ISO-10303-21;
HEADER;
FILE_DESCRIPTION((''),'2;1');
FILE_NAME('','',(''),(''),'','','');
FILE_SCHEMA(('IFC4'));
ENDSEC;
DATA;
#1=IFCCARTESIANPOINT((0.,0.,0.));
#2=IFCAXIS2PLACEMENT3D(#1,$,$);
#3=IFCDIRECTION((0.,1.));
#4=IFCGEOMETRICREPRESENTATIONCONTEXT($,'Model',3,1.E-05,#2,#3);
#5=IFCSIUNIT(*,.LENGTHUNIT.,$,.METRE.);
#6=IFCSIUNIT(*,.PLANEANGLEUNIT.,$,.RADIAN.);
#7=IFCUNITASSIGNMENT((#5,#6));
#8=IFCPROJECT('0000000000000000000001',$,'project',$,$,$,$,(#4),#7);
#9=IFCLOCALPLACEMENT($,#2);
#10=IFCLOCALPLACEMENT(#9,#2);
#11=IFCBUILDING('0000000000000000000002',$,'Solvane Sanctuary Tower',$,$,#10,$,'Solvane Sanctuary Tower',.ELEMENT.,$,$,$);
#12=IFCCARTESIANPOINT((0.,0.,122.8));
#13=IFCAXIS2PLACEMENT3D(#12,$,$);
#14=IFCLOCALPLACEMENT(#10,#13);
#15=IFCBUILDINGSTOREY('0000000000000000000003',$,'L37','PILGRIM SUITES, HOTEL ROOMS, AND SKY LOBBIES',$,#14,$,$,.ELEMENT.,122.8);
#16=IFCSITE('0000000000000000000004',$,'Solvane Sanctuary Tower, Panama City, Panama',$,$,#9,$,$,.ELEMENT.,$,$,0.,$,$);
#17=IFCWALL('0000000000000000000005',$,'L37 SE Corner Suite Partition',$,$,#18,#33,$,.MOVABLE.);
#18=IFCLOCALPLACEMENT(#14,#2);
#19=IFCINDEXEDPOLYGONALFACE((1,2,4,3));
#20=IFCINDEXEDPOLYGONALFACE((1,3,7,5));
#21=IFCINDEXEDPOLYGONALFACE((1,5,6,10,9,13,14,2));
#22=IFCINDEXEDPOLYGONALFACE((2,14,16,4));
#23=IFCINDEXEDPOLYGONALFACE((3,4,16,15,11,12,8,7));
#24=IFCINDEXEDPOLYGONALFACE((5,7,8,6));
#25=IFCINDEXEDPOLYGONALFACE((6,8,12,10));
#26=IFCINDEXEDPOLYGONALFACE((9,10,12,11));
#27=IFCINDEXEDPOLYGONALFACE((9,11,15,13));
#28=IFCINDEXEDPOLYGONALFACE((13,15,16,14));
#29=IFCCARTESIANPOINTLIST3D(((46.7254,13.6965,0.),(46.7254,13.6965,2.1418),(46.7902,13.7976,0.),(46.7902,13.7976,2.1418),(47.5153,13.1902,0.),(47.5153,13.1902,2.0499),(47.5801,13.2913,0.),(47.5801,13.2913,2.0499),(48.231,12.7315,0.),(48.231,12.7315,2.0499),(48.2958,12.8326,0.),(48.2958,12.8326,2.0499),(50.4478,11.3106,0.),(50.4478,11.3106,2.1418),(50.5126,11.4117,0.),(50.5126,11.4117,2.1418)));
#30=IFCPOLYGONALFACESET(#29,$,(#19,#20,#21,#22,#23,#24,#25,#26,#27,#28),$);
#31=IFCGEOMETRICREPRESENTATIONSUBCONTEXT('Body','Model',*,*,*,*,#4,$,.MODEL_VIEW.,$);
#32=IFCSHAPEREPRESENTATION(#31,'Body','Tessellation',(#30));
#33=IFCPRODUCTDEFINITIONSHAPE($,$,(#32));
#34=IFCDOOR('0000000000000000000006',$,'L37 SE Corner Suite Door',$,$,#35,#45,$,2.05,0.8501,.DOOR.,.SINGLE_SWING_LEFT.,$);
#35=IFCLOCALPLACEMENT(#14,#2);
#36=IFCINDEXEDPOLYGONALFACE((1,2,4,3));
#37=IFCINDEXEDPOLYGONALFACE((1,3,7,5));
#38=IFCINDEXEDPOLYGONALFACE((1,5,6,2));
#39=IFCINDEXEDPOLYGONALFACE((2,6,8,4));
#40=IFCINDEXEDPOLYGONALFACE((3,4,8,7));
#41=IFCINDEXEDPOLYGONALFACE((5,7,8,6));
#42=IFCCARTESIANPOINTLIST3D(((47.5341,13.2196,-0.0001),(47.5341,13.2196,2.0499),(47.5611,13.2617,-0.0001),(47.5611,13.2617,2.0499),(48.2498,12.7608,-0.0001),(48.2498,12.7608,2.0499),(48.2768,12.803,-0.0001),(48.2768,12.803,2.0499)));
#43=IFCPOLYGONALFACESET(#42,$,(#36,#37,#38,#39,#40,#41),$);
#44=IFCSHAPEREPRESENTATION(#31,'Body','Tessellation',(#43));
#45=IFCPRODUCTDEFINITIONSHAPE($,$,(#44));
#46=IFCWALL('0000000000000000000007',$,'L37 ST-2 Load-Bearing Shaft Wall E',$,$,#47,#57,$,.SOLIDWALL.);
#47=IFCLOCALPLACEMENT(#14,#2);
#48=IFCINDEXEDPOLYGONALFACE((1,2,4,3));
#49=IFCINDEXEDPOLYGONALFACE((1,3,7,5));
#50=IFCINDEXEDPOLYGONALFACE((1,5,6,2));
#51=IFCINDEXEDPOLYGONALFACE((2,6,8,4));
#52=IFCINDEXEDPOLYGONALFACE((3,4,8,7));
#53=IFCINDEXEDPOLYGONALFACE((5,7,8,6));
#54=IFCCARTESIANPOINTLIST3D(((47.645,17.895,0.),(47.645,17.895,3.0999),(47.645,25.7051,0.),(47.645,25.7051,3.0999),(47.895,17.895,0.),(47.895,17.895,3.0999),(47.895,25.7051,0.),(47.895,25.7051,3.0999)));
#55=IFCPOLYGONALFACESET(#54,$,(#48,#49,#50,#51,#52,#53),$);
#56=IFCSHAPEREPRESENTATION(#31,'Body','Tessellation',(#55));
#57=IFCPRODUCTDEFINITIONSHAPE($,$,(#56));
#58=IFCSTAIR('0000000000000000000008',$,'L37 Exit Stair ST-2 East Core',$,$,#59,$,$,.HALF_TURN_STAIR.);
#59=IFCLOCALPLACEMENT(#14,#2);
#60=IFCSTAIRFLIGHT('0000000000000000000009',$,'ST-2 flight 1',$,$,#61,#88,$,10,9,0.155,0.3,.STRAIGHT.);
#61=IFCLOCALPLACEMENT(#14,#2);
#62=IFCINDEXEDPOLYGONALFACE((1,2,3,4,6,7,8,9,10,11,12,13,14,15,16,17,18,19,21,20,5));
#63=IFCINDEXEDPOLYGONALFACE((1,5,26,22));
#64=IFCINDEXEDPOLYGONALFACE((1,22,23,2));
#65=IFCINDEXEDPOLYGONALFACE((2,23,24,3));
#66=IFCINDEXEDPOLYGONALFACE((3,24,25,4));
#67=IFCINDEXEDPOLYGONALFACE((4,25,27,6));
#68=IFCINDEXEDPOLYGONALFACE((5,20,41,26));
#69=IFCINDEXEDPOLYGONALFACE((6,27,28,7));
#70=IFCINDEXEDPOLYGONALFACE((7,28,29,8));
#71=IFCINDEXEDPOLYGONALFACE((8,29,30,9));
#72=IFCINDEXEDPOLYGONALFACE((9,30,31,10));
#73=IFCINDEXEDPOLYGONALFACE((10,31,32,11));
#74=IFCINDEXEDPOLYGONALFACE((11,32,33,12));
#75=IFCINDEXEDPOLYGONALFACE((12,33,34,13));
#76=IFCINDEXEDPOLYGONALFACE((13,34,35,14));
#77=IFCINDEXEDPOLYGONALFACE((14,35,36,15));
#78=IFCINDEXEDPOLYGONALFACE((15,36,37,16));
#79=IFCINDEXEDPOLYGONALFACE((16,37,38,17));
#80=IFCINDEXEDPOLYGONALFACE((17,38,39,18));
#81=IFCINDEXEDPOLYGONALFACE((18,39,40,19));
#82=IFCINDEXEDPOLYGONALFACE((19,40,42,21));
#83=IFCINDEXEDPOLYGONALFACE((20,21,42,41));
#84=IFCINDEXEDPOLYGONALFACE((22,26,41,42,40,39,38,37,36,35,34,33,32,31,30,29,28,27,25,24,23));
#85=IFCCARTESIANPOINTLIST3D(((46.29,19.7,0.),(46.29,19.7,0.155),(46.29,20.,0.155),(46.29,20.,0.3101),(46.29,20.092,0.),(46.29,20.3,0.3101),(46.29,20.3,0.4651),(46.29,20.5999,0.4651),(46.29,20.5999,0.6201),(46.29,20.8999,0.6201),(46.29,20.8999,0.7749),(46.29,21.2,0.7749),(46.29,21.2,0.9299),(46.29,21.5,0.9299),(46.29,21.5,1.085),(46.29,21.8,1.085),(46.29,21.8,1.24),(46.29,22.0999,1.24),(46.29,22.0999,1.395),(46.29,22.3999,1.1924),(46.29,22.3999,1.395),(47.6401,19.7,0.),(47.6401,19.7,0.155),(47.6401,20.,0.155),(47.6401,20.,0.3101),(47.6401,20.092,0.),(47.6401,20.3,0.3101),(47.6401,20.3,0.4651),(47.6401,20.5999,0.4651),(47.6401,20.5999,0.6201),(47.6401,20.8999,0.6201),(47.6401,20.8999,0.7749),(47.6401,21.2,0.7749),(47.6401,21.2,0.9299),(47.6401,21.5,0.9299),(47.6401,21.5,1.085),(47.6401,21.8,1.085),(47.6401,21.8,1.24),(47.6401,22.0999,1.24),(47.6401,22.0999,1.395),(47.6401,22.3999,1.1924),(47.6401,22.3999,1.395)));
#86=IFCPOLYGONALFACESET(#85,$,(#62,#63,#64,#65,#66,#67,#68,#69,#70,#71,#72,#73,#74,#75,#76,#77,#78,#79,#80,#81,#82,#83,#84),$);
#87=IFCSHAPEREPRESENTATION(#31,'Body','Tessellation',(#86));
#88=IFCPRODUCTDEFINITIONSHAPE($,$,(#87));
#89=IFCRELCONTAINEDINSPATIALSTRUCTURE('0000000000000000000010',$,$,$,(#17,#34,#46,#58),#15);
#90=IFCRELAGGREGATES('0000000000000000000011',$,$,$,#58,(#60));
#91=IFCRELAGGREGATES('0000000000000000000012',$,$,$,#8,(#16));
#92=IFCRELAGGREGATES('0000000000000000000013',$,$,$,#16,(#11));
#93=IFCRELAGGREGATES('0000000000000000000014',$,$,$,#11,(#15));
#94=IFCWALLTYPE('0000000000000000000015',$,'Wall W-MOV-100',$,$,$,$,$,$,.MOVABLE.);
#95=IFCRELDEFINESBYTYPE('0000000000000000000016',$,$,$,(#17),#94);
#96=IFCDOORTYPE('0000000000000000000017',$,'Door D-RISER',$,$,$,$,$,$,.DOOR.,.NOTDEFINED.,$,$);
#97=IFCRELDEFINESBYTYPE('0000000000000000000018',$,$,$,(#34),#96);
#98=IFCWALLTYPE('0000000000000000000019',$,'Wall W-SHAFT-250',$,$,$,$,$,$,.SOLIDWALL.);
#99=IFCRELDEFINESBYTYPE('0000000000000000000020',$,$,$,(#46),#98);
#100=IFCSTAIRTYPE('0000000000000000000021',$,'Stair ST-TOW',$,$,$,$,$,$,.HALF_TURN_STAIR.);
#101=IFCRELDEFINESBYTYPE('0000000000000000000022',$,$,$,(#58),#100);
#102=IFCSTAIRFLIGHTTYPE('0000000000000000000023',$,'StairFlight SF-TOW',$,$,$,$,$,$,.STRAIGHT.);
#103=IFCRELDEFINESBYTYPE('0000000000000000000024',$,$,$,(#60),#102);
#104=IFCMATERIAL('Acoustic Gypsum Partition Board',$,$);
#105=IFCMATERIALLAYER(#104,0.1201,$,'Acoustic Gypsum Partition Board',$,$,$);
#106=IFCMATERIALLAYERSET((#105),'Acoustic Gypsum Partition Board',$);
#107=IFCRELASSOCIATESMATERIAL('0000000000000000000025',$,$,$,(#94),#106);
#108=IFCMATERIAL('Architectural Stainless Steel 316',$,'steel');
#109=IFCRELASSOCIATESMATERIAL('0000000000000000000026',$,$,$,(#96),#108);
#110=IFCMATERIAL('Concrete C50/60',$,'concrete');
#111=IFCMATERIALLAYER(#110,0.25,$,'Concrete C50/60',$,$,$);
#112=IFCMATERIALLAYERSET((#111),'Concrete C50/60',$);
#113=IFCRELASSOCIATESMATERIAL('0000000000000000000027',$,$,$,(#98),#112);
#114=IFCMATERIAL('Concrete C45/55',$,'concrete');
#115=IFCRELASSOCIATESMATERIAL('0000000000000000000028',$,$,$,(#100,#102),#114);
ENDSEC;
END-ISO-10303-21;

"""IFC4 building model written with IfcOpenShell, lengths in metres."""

from ifc_helpers import new_model, si_unit, direction, frame, frame_2d, origin, place, context, subcontext, project, spatial, polyline, rectangle, outline, extrude, material, layer, layer_set, type_object, element, fill, aggregate, save


model = new_model("IFC4")

# Units and contexts
model_context = context("Model", 3, precision=1e-05, world=origin(), true_north=direction((0.0, 1.0)))
body_context = subcontext(model_context, "Body", "Model", "MODEL_VIEW")
ifc_project = project(units=[si_unit("LENGTHUNIT", "METRE"), si_unit("PLANEANGLEUNIT", "RADIAN")], contexts=[model_context])

# Site, building, storey
site_placement = place(None, origin())
site = spatial("IfcSite", under=ifc_project, at=site_placement, Name="Solvane Sanctuary Tower, Panama City, Panama", CompositionType="ELEMENT", RefElevation=0.0)
building_placement = place(site_placement, origin())
building = spatial("IfcBuilding", under=site, at=building_placement, Name="Solvane Sanctuary Tower", LongName="Solvane Sanctuary Tower", CompositionType="ELEMENT")
storey_placement = place(building_placement, frame((0.0, 0.0, 122.8)))
storey = spatial("IfcBuildingStorey", under=building, at=storey_placement, Name="L37", Description="PILGRIM SUITES, HOTEL ROOMS, AND SKY LOBBIES", CompositionType="ELEMENT", Elevation=122.8)

# Shared definitions
ifc_material_1 = material(Name="Acoustic Gypsum Partition Board")

# Wall, opening, door
ifc_layer_1 = layer(ifc_material_1, 0.1201, Name="Acoustic Gypsum Partition Board")
ifc_layer_set_1 = layer_set([ifc_layer_1], Name="Acoustic Gypsum Partition Board")
wall_type_1 = type_object("IfcWallType", Name="Wall W-MOV-100", PredefinedType="MOVABLE", material=ifc_layer_set_1)
wall_1_placement = place(storey_placement, frame((46.7578, 13.7471, 0.0), z_axis=(0.0, 0.0, 1.0), x_axis=(0.841897, -0.539638, 0.0)))
wall_1 = element("IfcWall", 1, at=wall_1_placement, inside=storey, type_object=wall_type_1, Name="L37 SE Corner Suite Partition", PredefinedType="MOVABLE", context=body_context, shape_type="SweptSolid", body=[
    extrude(rectangle(XDim=4.4214, YDim=0.1201, at=frame_2d((2.2107, 0.0))), origin(), (0.0, 0.0, 1.0), 2.1418),
])
opening_1_placement = place(wall_1_placement, frame((0.9382, 0.0, 0.0)))
opening_1 = element("IfcOpeningElement", 2, at=opening_1_placement, cuts=wall_1, PredefinedType="OPENING", context=body_context, shape_type="SweptSolid", body=[
    extrude(rectangle(XDim=0.8501, YDim=2.05, at=frame_2d((0.425, 1.0249))), frame((0.0, 0.0701, 0.0), z_axis=(0.0, -1.0, 0.0), x_axis=(1.0, 0.0, 0.0)), (0.0, 0.0, 1.0), 0.1401),
])
ifc_material_2 = material(Name="Architectural Stainless Steel 316", Category="steel")
door_type_1 = type_object("IfcDoorType", Name="Door D-RISER", OperationType="NOTDEFINED", PredefinedType="DOOR", material=ifc_material_2)
door_1_placement = place(opening_1_placement, origin())
door_1 = element("IfcDoor", 3, at=door_1_placement, inside=storey, type_object=door_type_1, Name="L37 SE Corner Suite Door", OperationType="SINGLE_SWING_LEFT", OverallHeight=2.05, OverallWidth=0.8501, PredefinedType="DOOR", context=body_context, shape_type="SweptSolid", body=[
    extrude(rectangle(XDim=0.8501, YDim=2.05, at=frame_2d((0.425, 1.0249))), frame((0.0, 0.0249, 0.0), z_axis=(0.0, -1.0, 0.0), x_axis=(1.0, 0.0, 0.0)), (0.0, 0.0, 1.0), 0.05),
])
fill(opening_1, door_1)

# Wall
ifc_material_3 = material(Name="Concrete C50/60", Category="concrete")
ifc_layer_2 = layer(ifc_material_3, 0.25, Name="Concrete C50/60")
ifc_layer_set_2 = layer_set([ifc_layer_2], Name="Concrete C50/60")
wall_type_2 = type_object("IfcWallType", Name="Wall W-SHAFT-250", PredefinedType="SOLIDWALL", material=ifc_layer_set_2)
wall_2_placement = place(storey_placement, frame((47.77, 17.895, 0.0), z_axis=(0.0, 0.0, 1.0), x_axis=(0.0, 1.0, 0.0)))
element("IfcWall", 4, at=wall_2_placement, inside=storey, type_object=wall_type_2, Name="L37 ST-2 Load-Bearing Shaft Wall E", PredefinedType="SOLIDWALL", context=body_context, shape_type="SweptSolid", body=[
    extrude(rectangle(XDim=7.8101, YDim=0.25, at=frame_2d((3.905, 0.0))), origin(), (0.0, 0.0, 1.0), 3.0999),
])

# Stair, stair flight
ifc_material_4 = material(Name="Concrete C45/55", Category="concrete")
stair_type = type_object("IfcStairType", Name="Stair ST-TOW", PredefinedType="HALF_TURN_STAIR", material=ifc_material_4)
stair_placement = place(storey_placement, origin())
stair = element("IfcStair", 5, at=stair_placement, inside=storey, type_object=stair_type, Name="L37 Exit Stair ST-2 East Core", PredefinedType="HALF_TURN_STAIR")
stair_flight_type = type_object("IfcStairFlightType", Name="StairFlight SF-TOW", PredefinedType="STRAIGHT", material=ifc_material_4)
stair_flight_placement = place(storey_placement, frame((46.9651, 19.7, 0.0), z_axis=(0.0, 0.0, 1.0), x_axis=(0.0, 1.0, 0.0)))
stair_flight = element("IfcStairFlight", 6, at=stair_flight_placement, type_object=stair_flight_type, Name="ST-2 flight 1", NumberOfRisers=10, NumberOfTreads=9, PredefinedType="STRAIGHT", RiserHeight=0.155, TreadLength=0.3, context=body_context, shape_type="SweptSolid", body=[
    extrude(outline(polyline([(0.0, 0.0), (0.0, 0.155), (0.3, 0.155), (0.3, 0.3101), (0.6001, 0.3101), (0.6001, 0.4651), (0.8999, 0.4651), (0.8999, 0.6201), (1.2, 0.6201), (1.2, 0.7749), (1.5, 0.7749), (1.5, 0.9299), (1.8, 0.9299), (1.8, 1.085), (2.1001, 1.085), (2.1001, 1.24), (2.3999, 1.24), (2.3999, 1.395), (2.7, 1.395), (2.7, 1.55), (2.7, 1.1924), (0.3921, 0.0), (0.0, 0.0)])), frame((0.0, 0.675, 0.0), z_axis=(0.0, -1.0, 0.0), x_axis=(1.0, 0.0, 0.0)), (0.0, 0.0, 1.0), 1.3501),
])
aggregate(stair, [stair_flight])

save(model, "model.ifc")
